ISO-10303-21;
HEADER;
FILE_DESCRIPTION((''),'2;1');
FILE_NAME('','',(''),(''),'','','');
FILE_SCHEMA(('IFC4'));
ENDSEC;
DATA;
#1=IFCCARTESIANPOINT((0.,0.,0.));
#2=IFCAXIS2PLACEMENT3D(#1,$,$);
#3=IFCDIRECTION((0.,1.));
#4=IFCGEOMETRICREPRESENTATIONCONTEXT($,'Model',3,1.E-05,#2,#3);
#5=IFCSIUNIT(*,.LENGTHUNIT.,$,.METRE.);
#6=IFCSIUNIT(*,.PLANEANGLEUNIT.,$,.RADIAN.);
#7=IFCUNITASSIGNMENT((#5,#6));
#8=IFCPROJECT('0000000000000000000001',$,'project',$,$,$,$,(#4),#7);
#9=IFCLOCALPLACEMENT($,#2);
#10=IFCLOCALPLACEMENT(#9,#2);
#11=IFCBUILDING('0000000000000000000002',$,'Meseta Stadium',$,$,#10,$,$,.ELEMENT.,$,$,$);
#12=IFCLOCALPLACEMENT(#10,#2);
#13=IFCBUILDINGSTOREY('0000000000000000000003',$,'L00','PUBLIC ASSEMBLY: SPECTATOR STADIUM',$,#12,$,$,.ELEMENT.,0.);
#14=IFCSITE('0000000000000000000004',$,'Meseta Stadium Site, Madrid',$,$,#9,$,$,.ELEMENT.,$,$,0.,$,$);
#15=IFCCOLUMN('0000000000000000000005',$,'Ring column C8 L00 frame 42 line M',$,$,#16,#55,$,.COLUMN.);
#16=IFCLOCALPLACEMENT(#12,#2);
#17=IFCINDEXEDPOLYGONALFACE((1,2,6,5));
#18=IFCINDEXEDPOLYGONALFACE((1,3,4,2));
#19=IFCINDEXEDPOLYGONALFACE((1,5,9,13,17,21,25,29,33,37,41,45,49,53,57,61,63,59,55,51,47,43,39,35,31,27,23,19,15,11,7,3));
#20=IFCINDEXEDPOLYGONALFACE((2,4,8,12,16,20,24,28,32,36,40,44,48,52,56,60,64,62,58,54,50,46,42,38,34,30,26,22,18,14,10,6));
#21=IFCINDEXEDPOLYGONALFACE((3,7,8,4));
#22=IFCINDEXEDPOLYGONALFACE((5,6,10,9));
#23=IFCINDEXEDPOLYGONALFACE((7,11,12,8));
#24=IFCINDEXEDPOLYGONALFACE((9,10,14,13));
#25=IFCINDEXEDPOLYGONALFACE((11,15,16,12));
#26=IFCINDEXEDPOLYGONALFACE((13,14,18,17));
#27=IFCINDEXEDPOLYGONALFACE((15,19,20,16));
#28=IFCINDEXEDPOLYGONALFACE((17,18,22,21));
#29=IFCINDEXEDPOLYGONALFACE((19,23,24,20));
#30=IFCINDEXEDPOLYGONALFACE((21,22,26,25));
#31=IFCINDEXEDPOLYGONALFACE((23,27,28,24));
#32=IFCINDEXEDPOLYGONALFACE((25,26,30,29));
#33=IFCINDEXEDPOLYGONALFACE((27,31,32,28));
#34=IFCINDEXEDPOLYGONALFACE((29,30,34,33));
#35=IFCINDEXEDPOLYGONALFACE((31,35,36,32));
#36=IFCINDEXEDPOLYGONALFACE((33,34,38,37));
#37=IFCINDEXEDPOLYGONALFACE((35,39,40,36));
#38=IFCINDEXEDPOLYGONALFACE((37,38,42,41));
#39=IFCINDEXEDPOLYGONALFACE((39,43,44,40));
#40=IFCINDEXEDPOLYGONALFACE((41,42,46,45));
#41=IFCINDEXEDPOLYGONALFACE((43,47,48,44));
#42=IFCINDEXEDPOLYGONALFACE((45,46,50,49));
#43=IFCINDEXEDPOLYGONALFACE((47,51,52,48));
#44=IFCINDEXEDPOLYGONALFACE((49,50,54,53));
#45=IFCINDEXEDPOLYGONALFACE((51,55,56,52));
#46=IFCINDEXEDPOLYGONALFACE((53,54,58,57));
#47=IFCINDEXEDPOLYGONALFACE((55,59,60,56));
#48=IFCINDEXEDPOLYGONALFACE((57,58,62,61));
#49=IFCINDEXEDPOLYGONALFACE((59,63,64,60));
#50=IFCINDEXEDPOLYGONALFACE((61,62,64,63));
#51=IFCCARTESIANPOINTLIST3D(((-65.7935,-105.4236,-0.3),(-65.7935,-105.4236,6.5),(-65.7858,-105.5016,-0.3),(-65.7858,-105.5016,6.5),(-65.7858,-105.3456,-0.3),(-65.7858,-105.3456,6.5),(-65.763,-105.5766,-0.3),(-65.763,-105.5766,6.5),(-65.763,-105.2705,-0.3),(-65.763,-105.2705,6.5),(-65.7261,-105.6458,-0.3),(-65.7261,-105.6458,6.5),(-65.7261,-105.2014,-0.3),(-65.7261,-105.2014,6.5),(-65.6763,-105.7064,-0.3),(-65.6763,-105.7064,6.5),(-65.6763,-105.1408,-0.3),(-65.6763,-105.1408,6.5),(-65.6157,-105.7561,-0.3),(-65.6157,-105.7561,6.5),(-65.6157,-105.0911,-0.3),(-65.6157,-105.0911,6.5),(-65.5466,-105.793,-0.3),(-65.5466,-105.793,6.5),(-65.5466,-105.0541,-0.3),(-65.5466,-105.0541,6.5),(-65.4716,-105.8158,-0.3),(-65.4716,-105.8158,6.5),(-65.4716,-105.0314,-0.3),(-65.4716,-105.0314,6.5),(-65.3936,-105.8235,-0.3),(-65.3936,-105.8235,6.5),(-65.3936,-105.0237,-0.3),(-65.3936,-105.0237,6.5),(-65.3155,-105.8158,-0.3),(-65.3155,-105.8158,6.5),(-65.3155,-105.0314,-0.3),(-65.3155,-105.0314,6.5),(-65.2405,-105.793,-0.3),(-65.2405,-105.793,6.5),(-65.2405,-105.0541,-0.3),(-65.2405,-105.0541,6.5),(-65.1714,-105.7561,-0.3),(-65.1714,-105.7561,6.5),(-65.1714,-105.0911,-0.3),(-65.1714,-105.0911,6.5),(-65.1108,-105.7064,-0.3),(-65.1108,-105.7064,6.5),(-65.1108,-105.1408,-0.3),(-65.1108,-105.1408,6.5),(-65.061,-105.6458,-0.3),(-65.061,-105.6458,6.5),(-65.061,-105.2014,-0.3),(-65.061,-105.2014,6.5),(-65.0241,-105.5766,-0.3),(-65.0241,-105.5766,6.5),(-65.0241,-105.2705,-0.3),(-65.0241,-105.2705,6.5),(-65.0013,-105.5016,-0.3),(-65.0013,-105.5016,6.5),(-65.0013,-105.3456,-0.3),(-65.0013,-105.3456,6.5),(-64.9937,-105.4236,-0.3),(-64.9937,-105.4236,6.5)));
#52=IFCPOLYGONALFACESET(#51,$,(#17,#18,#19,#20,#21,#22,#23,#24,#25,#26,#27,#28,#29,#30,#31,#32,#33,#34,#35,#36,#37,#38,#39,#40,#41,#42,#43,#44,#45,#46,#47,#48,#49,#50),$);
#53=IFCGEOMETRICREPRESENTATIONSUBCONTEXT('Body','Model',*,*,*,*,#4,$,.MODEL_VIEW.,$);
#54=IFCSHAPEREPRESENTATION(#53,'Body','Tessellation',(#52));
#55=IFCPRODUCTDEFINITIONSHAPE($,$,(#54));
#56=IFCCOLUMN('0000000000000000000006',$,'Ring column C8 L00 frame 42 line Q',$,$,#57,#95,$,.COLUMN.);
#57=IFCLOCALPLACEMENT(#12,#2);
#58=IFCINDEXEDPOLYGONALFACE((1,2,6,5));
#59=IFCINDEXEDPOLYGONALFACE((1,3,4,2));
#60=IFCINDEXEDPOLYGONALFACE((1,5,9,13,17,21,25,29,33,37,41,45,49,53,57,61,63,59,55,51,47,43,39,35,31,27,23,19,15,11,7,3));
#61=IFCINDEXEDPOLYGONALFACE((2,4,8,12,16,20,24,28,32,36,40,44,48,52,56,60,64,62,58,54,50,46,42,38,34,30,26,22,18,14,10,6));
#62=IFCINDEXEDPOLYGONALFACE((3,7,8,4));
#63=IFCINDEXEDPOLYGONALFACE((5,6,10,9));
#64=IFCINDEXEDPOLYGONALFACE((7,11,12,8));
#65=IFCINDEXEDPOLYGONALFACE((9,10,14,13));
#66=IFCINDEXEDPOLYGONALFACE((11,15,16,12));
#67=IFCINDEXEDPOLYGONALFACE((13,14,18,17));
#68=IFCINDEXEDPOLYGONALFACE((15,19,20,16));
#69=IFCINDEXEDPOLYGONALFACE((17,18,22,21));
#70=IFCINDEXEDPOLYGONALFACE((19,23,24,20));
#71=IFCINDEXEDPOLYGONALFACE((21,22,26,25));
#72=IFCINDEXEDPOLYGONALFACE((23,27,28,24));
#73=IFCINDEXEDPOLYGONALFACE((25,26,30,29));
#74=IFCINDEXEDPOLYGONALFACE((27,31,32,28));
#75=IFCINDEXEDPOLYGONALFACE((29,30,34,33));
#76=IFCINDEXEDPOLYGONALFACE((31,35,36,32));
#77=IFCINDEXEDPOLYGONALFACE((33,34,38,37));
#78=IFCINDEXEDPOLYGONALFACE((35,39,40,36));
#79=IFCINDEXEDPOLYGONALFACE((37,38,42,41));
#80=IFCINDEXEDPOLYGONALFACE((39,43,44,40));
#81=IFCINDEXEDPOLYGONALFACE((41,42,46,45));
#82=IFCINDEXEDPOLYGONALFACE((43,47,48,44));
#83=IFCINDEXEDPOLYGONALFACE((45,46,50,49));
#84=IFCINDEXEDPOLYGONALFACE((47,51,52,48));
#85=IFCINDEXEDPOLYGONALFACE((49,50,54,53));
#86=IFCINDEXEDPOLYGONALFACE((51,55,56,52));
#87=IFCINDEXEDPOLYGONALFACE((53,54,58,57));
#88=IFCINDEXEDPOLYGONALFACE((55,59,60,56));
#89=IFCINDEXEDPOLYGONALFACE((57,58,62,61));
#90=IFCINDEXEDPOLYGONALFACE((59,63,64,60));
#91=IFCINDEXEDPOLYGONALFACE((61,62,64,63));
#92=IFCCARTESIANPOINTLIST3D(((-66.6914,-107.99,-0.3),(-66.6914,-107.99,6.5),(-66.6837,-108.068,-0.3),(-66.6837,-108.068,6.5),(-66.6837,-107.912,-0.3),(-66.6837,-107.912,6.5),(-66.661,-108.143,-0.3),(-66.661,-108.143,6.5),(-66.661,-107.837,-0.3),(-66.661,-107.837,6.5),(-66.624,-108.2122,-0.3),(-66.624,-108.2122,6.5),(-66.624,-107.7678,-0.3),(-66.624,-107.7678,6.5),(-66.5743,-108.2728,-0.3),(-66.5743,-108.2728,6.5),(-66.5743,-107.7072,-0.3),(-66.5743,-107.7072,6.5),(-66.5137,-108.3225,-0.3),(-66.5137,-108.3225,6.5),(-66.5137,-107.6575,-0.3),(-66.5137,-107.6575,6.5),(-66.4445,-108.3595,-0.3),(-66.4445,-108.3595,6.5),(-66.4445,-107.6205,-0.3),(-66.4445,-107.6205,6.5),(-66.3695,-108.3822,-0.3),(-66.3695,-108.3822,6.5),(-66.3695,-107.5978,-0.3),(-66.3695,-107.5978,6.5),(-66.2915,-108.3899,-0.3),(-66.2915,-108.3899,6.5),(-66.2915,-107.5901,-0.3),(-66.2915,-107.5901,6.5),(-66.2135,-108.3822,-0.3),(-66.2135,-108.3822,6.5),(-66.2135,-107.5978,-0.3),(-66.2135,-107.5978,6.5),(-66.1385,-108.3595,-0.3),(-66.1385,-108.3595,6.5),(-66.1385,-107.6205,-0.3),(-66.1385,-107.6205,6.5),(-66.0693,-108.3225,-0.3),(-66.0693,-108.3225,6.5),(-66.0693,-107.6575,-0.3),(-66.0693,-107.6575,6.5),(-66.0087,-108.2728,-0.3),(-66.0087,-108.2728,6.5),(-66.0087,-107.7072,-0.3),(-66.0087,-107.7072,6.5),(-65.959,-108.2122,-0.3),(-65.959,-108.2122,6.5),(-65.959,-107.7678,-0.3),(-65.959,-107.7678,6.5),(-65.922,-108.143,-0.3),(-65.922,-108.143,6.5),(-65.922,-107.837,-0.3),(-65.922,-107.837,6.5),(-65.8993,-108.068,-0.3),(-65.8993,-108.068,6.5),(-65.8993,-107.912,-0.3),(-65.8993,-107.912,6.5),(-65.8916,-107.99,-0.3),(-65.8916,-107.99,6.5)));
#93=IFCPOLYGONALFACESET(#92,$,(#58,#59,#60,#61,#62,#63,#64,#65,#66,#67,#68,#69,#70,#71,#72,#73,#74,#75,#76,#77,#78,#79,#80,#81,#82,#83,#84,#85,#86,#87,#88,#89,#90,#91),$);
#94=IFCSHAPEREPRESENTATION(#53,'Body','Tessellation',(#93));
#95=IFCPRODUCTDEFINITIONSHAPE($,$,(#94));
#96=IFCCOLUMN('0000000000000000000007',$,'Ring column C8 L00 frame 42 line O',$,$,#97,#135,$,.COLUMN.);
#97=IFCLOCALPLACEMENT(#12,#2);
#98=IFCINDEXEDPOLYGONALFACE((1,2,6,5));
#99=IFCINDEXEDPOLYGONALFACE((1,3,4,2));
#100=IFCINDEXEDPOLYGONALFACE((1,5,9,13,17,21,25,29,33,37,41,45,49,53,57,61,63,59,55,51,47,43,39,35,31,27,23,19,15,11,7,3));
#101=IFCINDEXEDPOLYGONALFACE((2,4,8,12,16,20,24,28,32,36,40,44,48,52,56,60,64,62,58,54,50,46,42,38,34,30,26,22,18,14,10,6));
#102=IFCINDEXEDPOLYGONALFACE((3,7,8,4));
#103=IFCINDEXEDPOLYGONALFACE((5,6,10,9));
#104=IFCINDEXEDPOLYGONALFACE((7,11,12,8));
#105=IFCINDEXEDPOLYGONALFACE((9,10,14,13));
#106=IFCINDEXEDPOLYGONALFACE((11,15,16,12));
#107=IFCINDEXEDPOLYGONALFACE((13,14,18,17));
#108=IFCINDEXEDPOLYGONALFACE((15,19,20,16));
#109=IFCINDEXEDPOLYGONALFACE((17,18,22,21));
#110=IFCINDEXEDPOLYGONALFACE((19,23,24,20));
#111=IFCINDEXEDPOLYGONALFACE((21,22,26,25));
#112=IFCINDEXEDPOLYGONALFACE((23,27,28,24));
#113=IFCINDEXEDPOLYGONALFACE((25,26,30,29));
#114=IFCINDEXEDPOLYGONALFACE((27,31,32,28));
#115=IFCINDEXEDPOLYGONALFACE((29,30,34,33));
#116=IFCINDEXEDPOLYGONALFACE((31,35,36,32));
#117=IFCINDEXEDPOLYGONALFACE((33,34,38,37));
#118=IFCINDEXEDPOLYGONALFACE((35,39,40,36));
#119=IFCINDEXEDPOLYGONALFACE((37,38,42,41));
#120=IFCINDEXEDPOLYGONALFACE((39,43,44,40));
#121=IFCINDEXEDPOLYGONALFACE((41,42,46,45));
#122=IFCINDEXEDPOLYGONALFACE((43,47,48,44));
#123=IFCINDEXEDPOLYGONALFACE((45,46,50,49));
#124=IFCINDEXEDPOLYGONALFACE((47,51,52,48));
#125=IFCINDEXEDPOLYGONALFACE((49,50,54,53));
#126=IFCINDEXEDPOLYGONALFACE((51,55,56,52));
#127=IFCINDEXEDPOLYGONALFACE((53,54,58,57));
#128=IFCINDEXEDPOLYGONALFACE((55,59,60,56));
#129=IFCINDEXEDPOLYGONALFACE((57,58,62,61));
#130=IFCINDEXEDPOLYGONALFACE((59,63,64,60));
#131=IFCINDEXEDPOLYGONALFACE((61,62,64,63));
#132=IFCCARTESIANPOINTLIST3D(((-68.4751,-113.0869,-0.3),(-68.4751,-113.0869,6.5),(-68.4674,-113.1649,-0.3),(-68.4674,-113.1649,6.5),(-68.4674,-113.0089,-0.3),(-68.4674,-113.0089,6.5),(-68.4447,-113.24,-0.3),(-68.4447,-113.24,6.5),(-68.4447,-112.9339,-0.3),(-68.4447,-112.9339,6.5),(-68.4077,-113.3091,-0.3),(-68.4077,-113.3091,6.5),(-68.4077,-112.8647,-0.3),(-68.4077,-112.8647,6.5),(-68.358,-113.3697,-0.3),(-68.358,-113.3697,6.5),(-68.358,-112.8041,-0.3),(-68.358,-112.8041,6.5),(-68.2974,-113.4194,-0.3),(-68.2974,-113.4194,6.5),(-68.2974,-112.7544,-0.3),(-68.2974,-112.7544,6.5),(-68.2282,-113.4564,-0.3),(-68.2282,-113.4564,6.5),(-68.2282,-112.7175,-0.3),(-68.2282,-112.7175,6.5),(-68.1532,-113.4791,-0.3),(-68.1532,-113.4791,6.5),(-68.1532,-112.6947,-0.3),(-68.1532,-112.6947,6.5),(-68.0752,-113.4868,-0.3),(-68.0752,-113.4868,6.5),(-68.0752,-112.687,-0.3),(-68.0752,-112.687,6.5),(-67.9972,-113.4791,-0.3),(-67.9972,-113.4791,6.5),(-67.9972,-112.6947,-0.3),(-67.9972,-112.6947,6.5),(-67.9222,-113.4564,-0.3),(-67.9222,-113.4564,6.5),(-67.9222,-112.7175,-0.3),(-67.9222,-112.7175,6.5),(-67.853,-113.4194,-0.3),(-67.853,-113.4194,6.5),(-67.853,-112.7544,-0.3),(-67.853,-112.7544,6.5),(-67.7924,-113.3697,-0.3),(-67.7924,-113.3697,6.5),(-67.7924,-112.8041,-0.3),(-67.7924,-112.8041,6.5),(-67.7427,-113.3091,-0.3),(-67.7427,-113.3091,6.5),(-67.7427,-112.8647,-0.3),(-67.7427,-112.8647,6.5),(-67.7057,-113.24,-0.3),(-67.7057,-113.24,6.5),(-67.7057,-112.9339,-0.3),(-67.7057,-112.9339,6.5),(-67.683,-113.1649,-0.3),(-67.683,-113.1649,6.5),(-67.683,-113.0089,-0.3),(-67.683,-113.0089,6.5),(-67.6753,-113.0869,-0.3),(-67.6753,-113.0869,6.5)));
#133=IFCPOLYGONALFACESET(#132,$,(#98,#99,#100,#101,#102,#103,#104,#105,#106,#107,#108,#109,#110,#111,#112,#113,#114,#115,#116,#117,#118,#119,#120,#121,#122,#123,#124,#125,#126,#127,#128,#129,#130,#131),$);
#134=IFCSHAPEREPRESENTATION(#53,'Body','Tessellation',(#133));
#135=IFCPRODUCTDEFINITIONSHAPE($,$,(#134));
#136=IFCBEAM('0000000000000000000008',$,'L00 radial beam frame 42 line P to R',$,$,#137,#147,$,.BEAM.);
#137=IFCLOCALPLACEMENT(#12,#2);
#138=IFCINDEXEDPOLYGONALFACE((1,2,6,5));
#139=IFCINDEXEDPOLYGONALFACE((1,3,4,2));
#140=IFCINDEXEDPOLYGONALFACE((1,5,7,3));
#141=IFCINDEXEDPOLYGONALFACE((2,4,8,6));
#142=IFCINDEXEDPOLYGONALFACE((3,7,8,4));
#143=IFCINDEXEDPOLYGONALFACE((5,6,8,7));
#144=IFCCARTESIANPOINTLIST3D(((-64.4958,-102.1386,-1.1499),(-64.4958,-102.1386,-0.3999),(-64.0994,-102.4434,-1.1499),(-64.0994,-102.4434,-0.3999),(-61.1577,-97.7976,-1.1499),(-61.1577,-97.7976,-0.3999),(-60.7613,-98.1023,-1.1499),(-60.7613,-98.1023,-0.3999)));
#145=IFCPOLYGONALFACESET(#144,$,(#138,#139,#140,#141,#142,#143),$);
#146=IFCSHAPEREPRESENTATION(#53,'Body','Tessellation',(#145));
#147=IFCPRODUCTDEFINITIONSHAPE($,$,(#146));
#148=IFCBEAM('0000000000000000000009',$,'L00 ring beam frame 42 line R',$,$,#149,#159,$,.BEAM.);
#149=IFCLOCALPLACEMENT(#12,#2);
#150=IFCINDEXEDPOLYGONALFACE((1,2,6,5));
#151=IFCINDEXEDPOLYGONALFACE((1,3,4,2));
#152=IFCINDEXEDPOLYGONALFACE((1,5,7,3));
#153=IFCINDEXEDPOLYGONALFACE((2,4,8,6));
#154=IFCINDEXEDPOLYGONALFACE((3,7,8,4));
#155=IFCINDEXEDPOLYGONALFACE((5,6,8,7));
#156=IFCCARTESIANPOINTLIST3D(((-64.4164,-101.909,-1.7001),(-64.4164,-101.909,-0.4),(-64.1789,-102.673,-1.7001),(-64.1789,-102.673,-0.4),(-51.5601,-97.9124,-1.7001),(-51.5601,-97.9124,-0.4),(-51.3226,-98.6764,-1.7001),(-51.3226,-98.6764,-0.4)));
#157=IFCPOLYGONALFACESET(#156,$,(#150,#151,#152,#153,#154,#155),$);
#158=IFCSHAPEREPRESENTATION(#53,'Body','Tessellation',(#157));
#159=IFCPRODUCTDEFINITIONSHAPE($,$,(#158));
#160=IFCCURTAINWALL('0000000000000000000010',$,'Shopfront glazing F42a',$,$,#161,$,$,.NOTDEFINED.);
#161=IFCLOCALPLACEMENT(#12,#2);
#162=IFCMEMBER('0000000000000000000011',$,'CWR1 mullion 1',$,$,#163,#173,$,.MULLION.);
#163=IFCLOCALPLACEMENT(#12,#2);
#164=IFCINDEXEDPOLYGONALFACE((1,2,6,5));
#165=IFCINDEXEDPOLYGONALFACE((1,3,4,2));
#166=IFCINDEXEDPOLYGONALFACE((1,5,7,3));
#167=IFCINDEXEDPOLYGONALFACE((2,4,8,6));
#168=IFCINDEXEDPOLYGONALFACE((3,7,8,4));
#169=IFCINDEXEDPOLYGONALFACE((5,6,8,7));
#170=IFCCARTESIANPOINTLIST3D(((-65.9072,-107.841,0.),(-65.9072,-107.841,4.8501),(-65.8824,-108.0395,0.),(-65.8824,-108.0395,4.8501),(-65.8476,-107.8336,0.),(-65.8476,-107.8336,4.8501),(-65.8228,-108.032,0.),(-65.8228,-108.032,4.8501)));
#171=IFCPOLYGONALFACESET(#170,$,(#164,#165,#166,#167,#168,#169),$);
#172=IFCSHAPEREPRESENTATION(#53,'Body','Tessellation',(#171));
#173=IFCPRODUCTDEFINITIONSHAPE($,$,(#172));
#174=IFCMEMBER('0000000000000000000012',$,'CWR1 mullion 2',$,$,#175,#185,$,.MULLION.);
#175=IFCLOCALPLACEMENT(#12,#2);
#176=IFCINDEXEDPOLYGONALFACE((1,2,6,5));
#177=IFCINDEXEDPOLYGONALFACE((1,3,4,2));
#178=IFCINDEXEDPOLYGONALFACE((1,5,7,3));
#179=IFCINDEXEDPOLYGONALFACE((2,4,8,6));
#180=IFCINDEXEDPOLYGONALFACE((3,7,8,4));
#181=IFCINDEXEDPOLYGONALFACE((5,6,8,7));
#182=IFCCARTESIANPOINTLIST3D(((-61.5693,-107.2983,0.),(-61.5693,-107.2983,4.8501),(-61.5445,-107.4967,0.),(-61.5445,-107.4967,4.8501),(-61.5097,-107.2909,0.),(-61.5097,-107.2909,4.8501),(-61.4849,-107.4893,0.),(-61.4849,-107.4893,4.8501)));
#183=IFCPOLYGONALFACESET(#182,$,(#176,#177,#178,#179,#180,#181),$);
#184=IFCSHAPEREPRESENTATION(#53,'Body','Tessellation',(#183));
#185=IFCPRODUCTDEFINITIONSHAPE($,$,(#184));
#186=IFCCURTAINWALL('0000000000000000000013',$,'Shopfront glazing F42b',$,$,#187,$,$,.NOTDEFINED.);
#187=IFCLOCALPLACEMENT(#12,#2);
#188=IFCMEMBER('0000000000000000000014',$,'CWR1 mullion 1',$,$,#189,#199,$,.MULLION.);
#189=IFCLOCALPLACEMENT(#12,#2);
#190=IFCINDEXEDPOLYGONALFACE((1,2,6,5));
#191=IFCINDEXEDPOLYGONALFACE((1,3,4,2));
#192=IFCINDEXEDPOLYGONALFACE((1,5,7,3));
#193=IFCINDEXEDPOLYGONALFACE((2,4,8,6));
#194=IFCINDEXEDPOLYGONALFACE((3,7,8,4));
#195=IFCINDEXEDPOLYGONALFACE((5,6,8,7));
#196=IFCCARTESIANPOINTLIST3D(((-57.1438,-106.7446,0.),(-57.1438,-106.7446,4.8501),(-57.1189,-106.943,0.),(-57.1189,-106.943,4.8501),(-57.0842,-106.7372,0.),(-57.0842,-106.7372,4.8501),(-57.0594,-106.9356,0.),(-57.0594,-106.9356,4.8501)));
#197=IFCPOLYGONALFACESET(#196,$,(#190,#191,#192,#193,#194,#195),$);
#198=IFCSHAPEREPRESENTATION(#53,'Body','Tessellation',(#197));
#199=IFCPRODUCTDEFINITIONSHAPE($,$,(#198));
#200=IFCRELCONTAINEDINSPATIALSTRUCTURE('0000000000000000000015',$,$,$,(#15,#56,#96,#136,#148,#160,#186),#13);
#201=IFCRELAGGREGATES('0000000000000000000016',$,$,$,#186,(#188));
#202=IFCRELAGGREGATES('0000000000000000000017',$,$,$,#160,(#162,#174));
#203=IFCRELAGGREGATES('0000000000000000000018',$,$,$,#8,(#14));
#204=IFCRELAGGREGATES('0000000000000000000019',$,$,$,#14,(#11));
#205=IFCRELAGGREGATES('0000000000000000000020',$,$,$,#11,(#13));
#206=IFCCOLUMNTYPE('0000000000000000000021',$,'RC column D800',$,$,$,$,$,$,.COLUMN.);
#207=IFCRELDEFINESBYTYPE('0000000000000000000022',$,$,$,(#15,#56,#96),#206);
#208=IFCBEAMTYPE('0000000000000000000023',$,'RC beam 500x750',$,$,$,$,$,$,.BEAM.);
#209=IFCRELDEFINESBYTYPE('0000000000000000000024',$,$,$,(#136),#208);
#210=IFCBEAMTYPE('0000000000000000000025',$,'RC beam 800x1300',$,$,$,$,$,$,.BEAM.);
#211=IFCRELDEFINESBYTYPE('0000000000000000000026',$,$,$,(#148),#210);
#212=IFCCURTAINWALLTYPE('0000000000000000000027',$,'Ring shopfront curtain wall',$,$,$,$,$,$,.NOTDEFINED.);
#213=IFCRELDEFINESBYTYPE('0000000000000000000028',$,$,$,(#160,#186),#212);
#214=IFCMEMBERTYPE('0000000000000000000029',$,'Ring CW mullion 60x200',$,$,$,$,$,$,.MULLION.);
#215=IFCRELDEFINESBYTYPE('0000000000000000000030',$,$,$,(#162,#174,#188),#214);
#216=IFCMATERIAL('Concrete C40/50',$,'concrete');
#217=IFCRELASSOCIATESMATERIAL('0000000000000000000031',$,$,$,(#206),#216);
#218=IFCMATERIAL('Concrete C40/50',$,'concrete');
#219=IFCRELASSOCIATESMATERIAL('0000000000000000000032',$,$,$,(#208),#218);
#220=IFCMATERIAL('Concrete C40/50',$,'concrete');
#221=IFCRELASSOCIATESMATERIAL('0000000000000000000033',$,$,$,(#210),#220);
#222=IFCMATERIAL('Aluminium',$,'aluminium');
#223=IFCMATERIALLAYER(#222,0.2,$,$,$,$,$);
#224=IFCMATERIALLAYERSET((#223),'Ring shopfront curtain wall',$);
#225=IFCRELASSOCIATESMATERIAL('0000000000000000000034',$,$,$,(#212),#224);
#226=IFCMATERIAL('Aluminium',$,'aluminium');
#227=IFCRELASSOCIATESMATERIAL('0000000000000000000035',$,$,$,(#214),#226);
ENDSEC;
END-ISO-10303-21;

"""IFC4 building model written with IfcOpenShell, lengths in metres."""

from ifc_helpers import new_model, si_unit, direction, frame, origin, origin_2d, place, context, subcontext, project, spatial, rectangle, circle, extrude, material, layer, layer_set, material_profile, profile_set, type_object, element, aggregate, save


model = new_model("IFC4")

# Units and contexts
model_context = context("Model", 3, precision=1e-05, world=origin(), true_north=direction((0.0, 1.0)))
body_context = subcontext(model_context, "Body", "Model", "MODEL_VIEW")
ifc_project = project(units=[si_unit("LENGTHUNIT", "METRE"), si_unit("PLANEANGLEUNIT", "RADIAN")], contexts=[model_context])

# Site, building, storey
site_placement = place(None, origin())
site = spatial("IfcSite", under=ifc_project, at=site_placement, Name="Meseta Stadium Site, Madrid", CompositionType="ELEMENT", RefElevation=0.0)
building_placement = place(site_placement, origin())
building = spatial("IfcBuilding", under=site, at=building_placement, Name="Meseta Stadium", CompositionType="ELEMENT")
storey_placement = place(building_placement, origin())
storey = spatial("IfcBuildingStorey", under=building, at=storey_placement, Name="L00", Description="PUBLIC ASSEMBLY: SPECTATOR STADIUM", CompositionType="ELEMENT", Elevation=0.0)

# Columns
ifc_material_1 = material(Name="Concrete C40/50", Category="concrete")
ifc_material_profile_1 = material_profile(ifc_material_1, circle(Radius=0.3999, at=origin_2d()), Name="RC D800")
ifc_profile_set_1 = profile_set([ifc_material_profile_1], Name="Concrete C40/50")
column_type_1 = type_object("IfcColumnType", Name="RC column D800", PredefinedType="COLUMN", material=ifc_profile_set_1)
for number, where, z_axis, x_axis, name in (
    (1, (-65.3936, -105.4236, -0.3), (0.0, 0.0, 1.0), (1.0, 0.0, 0.0), "Ring column C8 L00 frame 42 line M"),
    (2, (-66.2915, -107.99, -0.3), (0.0, 0.0, 1.0), (1.0, 0.0, 0.0), "Ring column C8 L00 frame 42 line Q"),
    (3, (-68.0752, -113.0869, -0.3), (0.0, 0.0, 1.0), (1.0, 0.0, 0.0), "Ring column C8 L00 frame 42 line O"),
):
    element("IfcColumn", number, at=place(storey_placement, frame(where, z_axis=z_axis, x_axis=x_axis)), inside=storey, type_object=column_type_1, Name=name, PredefinedType="COLUMN", context=body_context, shape_type="SweptSolid", body=[
        extrude(circle(Radius=0.3999, at=origin_2d()), origin(), (0.0, 0.0, 1.0), 6.8),
    ])

# Beams
ifc_material_2 = material(Name="Concrete C40/50", Category="concrete")
ifc_material_profile_2 = material_profile(ifc_material_2, rectangle(XDim=0.5, YDim=0.75, at=origin_2d()), Name="RC 500x750")
ifc_profile_set_2 = profile_set([ifc_material_profile_2], Name="Concrete C40/50")
beam_type_1 = type_object("IfcBeamType", Name="RC beam 500x750", PredefinedType="BEAM", material=ifc_profile_set_2)
beam_1_placement = place(storey_placement, frame((-60.9595, -97.95, -0.7749), z_axis=(-0.609579, -0.792725, 0.0), x_axis=(0.792725, -0.609579, 0.0)))
element("IfcBeam", 4, at=beam_1_placement, inside=storey, type_object=beam_type_1, Name="L00 radial beam frame 42 line P to R", PredefinedType="BEAM", context=body_context, shape_type="SweptSolid", body=[
    extrude(rectangle(XDim=0.5, YDim=0.75, at=origin_2d()), origin(), (0.0, 0.0, 1.0), 5.4761),
])
ifc_material_3 = material(Name="Concrete C40/50", Category="concrete")
ifc_material_profile_3 = material_profile(ifc_material_3, rectangle(XDim=0.8, YDim=1.3, at=origin_2d()), Name="RC 800x1300")
ifc_profile_set_3 = profile_set([ifc_material_profile_3], Name="Concrete C40/50")
beam_type_2 = type_object("IfcBeamType", Name="RC beam 800x1300", PredefinedType="BEAM", material=ifc_profile_set_3)
beam_2_placement = place(storey_placement, frame((-64.2976, -102.291, -1.05), z_axis=(0.954923, 0.296855, 0.0), x_axis=(-0.296855, 0.954923, 0.0)))
element("IfcBeam", 5, at=beam_2_placement, inside=storey, type_object=beam_type_2, Name="L00 ring beam frame 42 line R", PredefinedType="BEAM", context=body_context, shape_type="SweptSolid", body=[
    extrude(rectangle(XDim=0.8, YDim=1.3, at=origin_2d()), origin(), (0.0, 0.0, 1.0), 13.4631),
])

# Curtain wall, members
ifc_material_4 = material(Name="Aluminium", Category="aluminium")
ifc_layer_1 = layer(ifc_material_4, 0.2)
ifc_layer_set_1 = layer_set([ifc_layer_1], Name="Ring shopfront curtain wall")
curtain_wall_type = type_object("IfcCurtainWallType", Name="Ring shopfront curtain wall", PredefinedType="NOTDEFINED", material=ifc_layer_set_1)
curtain_wall_1_placement = place(storey_placement, origin())
curtain_wall_1 = element("IfcCurtainWall", 6, at=curtain_wall_1_placement, inside=storey, type_object=curtain_wall_type, Name="Shopfront glazing F42a", PredefinedType="NOTDEFINED")
ifc_material_5 = material(Name="Aluminium", Category="aluminium")
ifc_material_profile_4 = material_profile(ifc_material_5, rectangle(XDim=0.2, YDim=0.0601, at=origin_2d()), Name="CW 200x60")
ifc_profile_set_4 = profile_set([ifc_material_profile_4], Name="Aluminium")
member_type_1 = type_object("IfcMemberType", Name="Ring CW mullion 60x200", PredefinedType="MULLION", material=ifc_profile_set_4)
member_1_placement = place(storey_placement, frame((-65.865, -107.9365, 0.0), z_axis=(0.0, 0.0, 1.0), x_axis=(-0.124154, 0.992263, 0.0)))
member_1 = element("IfcMember", 7, at=member_1_placement, type_object=member_type_1, Name="CWR1 mullion 1", PredefinedType="MULLION", context=body_context, shape_type="SweptSolid", body=[
    extrude(rectangle(XDim=0.2, YDim=0.0601, at=origin_2d()), origin(), (0.0, 0.0, 1.0), 4.8501),
])
member_2_placement = place(storey_placement, frame((-61.5271, -107.3938, 0.0), z_axis=(0.0, 0.0, 1.0), x_axis=(-0.124154, 0.992263, 0.0)))
member_2 = element("IfcMember", 8, at=member_2_placement, type_object=member_type_1, Name="CWR1 mullion 2", PredefinedType="MULLION", context=body_context, shape_type="SweptSolid", body=[
    extrude(rectangle(XDim=0.2, YDim=0.0601, at=origin_2d()), origin(), (0.0, 0.0, 1.0), 4.8501),
])

# Curtain wall, member
curtain_wall_2_placement = place(storey_placement, origin())
curtain_wall_2 = element("IfcCurtainWall", 9, at=curtain_wall_2_placement, inside=storey, type_object=curtain_wall_type, Name="Shopfront glazing F42b", PredefinedType="NOTDEFINED")
member_3_placement = place(storey_placement, frame((-57.1016, -106.8401, 0.0), z_axis=(0.0, 0.0, 1.0), x_axis=(-0.124132, 0.992266, 0.0)))
member_3 = element("IfcMember", 10, at=member_3_placement, type_object=member_type_1, Name="CWR1 mullion 1", PredefinedType="MULLION", context=body_context, shape_type="SweptSolid", body=[
    extrude(rectangle(XDim=0.2, YDim=0.0601, at=origin_2d()), origin(), (0.0, 0.0, 1.0), 4.8501),
])

aggregate(curtain_wall_2, [member_3])

aggregate(curtain_wall_1, [member_1, member_2])

save(model, "model.ifc")
